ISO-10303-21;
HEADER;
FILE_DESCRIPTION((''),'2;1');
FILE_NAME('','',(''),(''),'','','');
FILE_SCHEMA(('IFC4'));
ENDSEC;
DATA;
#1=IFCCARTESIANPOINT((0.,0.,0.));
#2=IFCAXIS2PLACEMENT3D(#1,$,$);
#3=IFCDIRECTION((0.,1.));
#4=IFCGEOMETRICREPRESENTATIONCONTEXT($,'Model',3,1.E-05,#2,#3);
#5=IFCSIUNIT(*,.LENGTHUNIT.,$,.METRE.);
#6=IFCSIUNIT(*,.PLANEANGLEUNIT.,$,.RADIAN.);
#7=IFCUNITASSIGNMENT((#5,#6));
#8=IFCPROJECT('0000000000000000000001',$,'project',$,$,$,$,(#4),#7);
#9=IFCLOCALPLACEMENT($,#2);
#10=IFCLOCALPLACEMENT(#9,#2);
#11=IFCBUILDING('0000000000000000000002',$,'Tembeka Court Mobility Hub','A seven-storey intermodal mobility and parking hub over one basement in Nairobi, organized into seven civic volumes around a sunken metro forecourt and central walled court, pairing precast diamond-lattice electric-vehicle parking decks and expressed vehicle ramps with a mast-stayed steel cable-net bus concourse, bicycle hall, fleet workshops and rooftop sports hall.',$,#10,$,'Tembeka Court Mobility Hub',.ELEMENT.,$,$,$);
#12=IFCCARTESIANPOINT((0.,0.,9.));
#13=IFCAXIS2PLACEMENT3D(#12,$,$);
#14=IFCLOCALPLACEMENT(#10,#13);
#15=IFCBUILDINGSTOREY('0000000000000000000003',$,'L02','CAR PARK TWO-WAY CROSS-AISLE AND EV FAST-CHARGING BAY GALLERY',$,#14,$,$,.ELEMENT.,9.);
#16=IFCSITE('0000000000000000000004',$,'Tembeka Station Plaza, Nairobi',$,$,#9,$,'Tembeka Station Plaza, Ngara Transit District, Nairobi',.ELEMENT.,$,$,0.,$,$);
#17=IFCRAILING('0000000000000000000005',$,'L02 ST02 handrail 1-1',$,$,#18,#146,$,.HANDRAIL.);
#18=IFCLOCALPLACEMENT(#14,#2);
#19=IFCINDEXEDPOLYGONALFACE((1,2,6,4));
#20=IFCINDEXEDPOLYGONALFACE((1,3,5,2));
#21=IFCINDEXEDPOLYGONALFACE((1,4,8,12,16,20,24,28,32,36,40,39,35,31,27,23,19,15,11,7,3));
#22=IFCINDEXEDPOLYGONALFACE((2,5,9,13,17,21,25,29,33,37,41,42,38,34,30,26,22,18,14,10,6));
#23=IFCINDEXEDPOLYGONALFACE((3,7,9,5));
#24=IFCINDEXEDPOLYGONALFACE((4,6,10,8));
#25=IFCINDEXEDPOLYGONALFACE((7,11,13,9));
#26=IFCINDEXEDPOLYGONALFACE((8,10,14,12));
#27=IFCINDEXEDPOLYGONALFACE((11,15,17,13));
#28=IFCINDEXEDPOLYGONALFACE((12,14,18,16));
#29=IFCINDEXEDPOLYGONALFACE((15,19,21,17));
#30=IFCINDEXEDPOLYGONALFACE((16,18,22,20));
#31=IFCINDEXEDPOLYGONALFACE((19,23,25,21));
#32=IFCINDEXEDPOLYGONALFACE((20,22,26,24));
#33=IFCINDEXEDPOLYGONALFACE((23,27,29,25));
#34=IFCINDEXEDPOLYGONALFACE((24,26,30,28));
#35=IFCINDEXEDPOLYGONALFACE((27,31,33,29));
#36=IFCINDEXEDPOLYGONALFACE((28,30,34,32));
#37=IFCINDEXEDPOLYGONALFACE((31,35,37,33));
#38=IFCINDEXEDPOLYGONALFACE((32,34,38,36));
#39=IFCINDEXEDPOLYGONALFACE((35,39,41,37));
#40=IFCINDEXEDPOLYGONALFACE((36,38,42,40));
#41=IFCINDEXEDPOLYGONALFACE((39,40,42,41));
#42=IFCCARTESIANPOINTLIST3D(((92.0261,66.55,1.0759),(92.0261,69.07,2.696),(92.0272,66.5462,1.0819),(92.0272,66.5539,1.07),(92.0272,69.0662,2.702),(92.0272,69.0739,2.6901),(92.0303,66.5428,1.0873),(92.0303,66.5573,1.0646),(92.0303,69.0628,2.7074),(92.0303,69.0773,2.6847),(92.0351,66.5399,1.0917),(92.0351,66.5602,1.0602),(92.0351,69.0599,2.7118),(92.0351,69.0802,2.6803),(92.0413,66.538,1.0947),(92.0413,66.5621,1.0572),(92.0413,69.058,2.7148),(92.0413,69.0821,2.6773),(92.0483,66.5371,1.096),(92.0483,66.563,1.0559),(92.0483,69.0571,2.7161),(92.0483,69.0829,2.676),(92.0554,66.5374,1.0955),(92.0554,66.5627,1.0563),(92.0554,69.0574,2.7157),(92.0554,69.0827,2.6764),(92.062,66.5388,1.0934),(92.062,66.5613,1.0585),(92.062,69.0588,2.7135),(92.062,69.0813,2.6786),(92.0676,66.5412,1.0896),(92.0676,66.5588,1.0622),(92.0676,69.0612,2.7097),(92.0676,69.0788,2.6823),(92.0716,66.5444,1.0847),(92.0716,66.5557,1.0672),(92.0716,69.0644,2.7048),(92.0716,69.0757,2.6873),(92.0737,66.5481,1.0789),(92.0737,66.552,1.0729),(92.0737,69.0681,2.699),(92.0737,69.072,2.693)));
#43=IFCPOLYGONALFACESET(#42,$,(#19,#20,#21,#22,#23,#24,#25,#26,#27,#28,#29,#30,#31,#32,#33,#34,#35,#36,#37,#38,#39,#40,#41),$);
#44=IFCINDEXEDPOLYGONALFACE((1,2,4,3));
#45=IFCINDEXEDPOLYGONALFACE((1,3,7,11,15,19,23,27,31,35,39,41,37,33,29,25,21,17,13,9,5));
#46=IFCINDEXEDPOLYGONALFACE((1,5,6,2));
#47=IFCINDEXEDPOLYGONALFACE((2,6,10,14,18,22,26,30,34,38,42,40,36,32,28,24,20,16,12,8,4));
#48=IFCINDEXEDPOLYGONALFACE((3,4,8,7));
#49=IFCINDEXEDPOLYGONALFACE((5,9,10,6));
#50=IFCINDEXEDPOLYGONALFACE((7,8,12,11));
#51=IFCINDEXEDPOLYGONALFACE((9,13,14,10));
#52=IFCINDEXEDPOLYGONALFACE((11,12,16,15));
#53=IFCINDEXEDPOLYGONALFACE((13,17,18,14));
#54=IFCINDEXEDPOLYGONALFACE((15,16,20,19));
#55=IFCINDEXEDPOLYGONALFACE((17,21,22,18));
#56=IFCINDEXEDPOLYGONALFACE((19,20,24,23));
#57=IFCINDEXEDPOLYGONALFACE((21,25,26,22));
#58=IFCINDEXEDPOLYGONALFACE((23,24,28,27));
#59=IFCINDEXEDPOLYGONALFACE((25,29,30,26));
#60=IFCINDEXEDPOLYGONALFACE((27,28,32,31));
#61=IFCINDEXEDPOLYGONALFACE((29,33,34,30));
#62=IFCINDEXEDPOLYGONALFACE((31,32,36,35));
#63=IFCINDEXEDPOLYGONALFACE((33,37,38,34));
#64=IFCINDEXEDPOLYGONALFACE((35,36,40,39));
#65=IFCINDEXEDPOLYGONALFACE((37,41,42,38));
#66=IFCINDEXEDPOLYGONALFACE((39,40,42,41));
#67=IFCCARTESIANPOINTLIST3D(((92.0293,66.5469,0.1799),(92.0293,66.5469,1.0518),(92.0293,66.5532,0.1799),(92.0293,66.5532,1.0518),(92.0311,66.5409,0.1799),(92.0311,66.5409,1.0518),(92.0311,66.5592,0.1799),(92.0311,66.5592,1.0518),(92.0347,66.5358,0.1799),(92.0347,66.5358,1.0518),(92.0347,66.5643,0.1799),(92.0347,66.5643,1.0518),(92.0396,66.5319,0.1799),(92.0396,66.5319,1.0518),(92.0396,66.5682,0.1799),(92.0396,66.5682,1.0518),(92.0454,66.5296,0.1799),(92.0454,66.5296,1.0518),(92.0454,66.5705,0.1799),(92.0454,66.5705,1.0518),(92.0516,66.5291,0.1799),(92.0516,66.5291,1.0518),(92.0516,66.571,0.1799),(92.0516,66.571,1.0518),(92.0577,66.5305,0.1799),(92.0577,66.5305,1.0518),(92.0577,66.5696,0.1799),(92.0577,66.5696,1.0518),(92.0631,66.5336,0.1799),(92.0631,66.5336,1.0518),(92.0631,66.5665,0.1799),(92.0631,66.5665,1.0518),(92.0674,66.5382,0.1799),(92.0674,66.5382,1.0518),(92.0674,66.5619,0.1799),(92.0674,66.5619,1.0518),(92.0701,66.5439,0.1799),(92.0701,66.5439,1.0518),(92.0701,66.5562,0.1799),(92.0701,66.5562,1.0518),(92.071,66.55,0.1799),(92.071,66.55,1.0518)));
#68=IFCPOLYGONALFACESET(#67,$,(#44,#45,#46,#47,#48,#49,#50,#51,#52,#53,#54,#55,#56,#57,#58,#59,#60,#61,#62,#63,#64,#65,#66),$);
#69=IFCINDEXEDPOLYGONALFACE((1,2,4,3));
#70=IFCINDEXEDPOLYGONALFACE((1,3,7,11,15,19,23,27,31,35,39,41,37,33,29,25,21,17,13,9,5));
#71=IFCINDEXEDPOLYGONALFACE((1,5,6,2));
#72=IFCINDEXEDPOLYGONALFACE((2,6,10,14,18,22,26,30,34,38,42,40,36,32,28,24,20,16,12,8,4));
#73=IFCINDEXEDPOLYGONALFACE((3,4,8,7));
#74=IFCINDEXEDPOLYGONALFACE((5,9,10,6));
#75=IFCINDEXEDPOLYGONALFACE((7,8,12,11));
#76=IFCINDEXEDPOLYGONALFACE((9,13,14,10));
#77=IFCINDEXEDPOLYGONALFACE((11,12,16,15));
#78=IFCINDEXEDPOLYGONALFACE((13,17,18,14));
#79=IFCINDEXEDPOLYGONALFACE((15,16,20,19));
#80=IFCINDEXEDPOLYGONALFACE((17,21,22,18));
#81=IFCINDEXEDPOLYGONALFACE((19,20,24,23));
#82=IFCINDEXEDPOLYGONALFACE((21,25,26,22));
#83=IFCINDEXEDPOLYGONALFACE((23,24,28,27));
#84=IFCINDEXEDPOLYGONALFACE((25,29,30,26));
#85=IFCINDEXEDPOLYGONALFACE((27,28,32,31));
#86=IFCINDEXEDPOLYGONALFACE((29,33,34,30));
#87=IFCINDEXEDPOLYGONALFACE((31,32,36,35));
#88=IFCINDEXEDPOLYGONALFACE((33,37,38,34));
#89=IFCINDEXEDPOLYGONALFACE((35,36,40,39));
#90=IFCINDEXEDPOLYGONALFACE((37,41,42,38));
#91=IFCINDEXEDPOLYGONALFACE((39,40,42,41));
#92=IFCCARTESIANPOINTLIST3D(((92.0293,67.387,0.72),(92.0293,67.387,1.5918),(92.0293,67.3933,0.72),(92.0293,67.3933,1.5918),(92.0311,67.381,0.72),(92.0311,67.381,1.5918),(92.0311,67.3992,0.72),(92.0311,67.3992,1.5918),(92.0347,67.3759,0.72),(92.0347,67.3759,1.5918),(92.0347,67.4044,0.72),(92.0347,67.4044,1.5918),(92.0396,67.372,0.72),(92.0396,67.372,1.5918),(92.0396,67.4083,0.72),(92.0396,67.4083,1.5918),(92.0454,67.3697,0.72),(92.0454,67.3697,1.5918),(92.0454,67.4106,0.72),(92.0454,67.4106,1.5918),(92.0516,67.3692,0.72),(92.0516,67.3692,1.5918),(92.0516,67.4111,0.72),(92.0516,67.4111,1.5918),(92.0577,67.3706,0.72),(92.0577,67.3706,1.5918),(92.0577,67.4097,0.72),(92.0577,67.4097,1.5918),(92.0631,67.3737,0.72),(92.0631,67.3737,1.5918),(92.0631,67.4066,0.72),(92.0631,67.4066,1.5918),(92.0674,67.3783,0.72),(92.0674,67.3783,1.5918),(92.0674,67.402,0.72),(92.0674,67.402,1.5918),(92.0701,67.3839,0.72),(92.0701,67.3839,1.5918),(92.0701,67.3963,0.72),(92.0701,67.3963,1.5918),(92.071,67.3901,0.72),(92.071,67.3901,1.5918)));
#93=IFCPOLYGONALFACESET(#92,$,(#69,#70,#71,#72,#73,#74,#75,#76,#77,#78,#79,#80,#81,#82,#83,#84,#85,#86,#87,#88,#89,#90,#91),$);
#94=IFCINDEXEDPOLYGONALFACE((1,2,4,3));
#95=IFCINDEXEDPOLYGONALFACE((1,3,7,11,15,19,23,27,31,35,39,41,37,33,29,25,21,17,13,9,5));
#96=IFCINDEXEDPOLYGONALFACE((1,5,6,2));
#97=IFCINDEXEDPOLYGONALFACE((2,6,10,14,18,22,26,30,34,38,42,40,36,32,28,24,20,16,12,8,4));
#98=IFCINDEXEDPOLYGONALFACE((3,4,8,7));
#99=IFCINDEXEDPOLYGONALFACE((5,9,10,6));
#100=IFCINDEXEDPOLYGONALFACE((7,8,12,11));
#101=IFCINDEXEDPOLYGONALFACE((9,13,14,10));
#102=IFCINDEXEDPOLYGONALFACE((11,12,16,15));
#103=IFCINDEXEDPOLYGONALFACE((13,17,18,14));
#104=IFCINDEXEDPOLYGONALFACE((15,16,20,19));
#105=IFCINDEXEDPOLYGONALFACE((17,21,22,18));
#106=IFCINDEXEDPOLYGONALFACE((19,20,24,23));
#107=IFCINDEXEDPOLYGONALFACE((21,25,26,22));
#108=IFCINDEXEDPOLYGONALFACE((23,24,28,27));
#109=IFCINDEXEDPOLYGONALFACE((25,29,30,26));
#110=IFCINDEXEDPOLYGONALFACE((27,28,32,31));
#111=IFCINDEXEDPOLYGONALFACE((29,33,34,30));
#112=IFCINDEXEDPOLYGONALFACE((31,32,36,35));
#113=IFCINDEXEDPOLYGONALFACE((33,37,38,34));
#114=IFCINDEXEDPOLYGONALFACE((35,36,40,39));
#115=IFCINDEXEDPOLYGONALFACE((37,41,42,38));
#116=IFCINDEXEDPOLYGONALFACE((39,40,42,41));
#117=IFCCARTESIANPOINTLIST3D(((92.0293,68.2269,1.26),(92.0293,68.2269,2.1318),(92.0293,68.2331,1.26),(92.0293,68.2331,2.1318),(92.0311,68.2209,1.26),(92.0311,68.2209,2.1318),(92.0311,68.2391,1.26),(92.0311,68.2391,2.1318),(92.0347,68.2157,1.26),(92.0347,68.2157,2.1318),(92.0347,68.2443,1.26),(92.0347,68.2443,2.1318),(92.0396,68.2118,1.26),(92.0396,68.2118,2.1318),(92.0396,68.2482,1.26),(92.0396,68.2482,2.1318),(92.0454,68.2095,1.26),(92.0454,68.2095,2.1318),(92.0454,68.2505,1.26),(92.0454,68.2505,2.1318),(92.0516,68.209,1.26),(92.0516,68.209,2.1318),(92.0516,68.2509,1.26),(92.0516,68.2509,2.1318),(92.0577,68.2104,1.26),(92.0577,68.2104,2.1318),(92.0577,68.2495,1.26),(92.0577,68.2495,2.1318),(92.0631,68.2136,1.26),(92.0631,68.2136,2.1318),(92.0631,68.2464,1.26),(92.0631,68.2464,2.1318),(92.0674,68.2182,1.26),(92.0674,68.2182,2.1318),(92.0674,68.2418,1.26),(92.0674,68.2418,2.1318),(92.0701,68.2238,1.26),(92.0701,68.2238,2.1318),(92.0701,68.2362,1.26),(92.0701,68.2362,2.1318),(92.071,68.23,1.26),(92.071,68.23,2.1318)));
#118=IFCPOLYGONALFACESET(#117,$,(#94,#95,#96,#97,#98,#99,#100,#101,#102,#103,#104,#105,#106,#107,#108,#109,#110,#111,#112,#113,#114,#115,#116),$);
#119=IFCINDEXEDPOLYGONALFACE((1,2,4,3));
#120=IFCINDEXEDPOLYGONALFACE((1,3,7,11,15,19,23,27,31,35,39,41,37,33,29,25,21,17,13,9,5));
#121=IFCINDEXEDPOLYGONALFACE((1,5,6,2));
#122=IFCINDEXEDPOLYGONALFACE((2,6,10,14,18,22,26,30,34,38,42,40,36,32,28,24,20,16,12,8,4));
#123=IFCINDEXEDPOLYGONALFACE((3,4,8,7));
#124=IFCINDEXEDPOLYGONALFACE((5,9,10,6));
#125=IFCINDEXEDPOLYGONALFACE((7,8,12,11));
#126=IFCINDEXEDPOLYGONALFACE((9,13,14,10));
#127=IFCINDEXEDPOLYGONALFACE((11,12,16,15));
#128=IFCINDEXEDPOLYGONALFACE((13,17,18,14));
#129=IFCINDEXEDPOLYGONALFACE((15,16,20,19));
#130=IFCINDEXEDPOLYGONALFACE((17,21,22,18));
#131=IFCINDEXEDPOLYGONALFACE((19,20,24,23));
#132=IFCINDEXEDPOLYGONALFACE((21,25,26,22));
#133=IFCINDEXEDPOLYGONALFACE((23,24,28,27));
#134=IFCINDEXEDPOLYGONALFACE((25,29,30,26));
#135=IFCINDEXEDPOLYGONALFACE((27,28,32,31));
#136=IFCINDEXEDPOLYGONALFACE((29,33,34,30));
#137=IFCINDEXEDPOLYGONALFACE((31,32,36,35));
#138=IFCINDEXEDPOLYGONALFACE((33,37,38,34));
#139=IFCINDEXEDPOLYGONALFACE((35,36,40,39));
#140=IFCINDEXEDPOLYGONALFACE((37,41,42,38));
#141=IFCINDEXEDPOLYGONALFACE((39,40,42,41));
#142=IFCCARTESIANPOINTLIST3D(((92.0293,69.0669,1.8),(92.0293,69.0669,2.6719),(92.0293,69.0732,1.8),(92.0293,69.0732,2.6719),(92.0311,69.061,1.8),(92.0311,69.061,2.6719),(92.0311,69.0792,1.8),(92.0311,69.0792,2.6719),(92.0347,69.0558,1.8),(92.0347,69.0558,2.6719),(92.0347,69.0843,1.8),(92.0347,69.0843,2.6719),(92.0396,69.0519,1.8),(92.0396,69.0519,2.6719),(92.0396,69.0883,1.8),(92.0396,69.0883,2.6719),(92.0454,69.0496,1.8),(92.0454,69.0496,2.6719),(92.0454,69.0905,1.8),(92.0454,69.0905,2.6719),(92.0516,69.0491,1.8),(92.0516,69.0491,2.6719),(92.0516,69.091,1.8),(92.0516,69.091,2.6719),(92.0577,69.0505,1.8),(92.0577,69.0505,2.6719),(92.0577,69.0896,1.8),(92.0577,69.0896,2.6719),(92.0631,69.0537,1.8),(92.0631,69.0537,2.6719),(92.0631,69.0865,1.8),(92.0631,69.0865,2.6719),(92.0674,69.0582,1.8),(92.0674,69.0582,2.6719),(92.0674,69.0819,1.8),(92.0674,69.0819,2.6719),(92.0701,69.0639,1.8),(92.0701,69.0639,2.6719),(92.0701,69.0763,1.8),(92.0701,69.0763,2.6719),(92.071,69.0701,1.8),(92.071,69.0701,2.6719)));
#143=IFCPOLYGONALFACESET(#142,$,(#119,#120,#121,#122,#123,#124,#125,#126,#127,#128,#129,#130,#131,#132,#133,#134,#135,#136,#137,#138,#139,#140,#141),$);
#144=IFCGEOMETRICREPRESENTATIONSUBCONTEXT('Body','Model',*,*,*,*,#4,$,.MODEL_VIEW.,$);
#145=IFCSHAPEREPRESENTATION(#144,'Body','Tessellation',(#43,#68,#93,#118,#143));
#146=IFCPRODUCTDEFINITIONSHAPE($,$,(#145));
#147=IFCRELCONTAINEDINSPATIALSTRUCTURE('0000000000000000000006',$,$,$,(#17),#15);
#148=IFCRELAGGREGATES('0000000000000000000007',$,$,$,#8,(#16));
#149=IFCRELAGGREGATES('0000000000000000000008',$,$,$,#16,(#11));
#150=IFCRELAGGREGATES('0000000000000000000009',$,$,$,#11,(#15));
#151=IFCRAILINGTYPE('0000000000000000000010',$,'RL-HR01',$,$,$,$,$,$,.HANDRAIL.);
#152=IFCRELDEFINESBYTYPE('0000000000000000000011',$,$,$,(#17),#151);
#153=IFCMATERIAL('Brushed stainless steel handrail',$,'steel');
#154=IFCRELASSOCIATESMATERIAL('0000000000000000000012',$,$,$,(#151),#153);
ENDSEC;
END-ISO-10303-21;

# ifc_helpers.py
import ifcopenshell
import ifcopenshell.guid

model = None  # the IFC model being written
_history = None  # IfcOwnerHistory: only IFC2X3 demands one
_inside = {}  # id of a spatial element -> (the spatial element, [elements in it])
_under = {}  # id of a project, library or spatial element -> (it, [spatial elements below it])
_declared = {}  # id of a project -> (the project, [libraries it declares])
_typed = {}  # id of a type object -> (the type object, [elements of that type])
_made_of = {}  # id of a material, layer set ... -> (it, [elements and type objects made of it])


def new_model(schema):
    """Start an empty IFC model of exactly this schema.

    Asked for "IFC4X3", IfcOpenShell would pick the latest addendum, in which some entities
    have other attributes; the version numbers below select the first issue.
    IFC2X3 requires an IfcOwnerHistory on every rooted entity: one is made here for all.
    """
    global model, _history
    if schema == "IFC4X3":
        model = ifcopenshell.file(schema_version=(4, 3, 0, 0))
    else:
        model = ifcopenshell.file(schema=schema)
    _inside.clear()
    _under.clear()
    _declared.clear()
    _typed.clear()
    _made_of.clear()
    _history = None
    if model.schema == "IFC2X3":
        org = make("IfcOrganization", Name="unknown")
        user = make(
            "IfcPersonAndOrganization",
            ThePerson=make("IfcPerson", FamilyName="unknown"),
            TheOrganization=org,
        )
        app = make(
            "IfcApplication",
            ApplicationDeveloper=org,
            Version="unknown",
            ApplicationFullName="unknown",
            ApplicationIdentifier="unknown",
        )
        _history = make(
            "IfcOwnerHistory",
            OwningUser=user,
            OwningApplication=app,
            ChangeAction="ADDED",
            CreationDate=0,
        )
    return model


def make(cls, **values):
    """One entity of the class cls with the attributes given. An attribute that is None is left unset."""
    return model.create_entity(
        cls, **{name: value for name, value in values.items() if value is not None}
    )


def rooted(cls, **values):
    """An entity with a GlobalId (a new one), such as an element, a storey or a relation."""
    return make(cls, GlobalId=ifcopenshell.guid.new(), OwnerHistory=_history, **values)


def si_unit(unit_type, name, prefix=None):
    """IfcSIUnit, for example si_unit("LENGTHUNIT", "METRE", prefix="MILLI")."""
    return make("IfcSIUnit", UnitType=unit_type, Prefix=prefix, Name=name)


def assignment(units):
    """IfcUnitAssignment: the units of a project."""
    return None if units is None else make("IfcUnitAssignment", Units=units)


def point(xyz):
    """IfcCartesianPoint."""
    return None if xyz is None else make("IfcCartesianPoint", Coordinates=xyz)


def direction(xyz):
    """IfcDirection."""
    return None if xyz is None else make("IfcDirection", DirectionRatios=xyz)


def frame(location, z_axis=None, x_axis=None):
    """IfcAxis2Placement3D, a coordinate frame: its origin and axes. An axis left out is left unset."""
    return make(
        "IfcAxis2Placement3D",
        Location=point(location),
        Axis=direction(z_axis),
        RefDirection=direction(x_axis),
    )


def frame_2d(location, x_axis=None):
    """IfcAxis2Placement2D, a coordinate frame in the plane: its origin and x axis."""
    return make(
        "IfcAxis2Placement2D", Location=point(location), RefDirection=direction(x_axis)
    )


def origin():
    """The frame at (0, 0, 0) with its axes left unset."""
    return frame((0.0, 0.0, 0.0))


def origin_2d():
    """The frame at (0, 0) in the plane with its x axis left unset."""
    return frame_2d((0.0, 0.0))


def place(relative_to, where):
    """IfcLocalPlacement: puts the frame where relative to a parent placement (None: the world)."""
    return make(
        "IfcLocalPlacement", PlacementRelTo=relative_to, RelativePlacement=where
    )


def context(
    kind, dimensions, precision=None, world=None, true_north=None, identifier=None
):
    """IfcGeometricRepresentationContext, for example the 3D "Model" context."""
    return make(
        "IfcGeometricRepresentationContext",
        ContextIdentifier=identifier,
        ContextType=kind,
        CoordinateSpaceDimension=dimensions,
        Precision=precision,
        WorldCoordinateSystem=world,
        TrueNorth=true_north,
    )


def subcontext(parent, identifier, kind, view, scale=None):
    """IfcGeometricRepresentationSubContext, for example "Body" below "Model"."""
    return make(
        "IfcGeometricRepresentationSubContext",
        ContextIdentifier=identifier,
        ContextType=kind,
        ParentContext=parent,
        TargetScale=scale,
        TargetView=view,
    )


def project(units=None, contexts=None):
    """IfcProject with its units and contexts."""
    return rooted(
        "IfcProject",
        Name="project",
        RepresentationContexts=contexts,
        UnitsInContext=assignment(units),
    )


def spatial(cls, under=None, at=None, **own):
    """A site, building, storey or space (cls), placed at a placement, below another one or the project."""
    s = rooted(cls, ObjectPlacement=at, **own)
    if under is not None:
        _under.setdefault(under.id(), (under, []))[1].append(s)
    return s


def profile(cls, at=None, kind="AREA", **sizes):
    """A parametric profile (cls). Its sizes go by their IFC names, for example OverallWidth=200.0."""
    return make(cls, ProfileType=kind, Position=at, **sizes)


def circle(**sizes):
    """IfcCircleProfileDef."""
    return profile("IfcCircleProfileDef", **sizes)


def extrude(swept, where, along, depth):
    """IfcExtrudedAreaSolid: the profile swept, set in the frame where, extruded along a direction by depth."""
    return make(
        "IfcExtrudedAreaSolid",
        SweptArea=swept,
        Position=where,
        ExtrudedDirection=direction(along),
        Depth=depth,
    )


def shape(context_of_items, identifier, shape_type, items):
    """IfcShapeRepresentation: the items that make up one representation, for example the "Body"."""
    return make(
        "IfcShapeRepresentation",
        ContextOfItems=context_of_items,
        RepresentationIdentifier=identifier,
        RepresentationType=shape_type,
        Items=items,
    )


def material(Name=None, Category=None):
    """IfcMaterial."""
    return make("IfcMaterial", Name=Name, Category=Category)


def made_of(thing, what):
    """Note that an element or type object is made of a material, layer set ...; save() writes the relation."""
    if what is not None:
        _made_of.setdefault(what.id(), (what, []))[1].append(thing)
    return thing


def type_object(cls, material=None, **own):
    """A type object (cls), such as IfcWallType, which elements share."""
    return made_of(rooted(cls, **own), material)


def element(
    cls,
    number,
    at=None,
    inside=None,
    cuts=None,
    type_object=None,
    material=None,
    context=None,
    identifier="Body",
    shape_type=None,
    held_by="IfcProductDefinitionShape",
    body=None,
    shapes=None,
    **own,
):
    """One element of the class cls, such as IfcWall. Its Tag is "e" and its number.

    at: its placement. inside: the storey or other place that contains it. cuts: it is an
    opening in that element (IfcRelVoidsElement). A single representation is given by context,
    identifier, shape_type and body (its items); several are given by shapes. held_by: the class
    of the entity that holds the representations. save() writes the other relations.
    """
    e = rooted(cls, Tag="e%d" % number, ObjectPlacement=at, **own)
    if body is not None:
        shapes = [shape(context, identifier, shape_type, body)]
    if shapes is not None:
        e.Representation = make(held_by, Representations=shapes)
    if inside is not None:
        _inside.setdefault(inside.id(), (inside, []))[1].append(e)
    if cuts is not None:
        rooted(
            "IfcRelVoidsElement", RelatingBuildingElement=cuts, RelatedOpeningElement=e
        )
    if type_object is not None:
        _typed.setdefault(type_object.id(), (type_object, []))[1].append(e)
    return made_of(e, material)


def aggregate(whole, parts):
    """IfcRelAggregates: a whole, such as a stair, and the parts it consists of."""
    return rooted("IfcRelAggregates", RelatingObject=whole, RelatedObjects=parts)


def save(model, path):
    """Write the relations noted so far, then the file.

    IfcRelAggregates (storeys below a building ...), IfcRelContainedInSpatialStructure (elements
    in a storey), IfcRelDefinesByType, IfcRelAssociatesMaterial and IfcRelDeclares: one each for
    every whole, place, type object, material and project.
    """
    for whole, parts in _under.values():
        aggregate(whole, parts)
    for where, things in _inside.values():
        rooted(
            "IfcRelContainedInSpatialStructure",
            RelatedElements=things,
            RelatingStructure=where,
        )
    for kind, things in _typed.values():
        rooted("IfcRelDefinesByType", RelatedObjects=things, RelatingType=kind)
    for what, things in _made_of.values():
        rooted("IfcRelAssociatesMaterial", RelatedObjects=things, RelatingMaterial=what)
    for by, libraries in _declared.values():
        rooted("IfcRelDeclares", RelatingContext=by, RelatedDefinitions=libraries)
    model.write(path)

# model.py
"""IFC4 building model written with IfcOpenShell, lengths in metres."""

from ifc_helpers import new_model, si_unit, direction, frame, origin, origin_2d, place, context, subcontext, project, spatial, circle, extrude, material, type_object, element, save


model = new_model("IFC4")

# Units and contexts
model_context = context("Model", 3, precision=1e-05, world=origin(), true_north=direction((0.0, 1.0)))
body_context = subcontext(model_context, "Body", "Model", "MODEL_VIEW")
ifc_project = project(units=[si_unit("LENGTHUNIT", "METRE"), si_unit("PLANEANGLEUNIT", "RADIAN")], contexts=[model_context])

# Site, building, storey
site_placement = place(None, origin())
site = spatial("IfcSite", under=ifc_project, at=site_placement, Name="Tembeka Station Plaza, Nairobi", LongName="Tembeka Station Plaza, Ngara Transit District, Nairobi", CompositionType="ELEMENT", RefElevation=0.0)
building_placement = place(site_placement, origin())
building = spatial("IfcBuilding", under=site, at=building_placement, Name="Tembeka Court Mobility Hub", Description="A seven-storey intermodal mobility and parking hub over one basement in Nairobi, organized into seven civic volumes around a sunken metro forecourt and central walled court, pairing precast diamond-lattice electric-vehicle parking decks and expressed vehicle ramps with a mast-stayed steel cable-net bus concourse, bicycle hall, fleet workshops and rooftop sports hall.", LongName="Tembeka Court Mobility Hub", CompositionType="ELEMENT")
storey_placement = place(building_placement, frame((0.0, 0.0, 9.0)))
storey = spatial("IfcBuildingStorey", under=building, at=storey_placement, Name="L02", Description="CAR PARK TWO-WAY CROSS-AISLE AND EV FAST-CHARGING BAY GALLERY", CompositionType="ELEMENT", Elevation=9.0)

# Railing
ifc_material_1 = material(Name="Brushed stainless steel handrail", Category="steel")
railing_type_1 = type_object("IfcRailingType", Name="RL-HR01", PredefinedType="HANDRAIL", material=ifc_material_1)
railing_1_placement = place(storey_placement, frame((92.05, 66.55, 0.1799)))
element("IfcRailing", 1, at=railing_1_placement, inside=storey, type_object=railing_type_1, Name="L02 ST02 handrail 1-1", PredefinedType="HANDRAIL", context=body_context, shape_type="SweptSolid", body=[
    extrude(circle(Radius=0.0239, at=origin_2d()), frame((0.0, 0.0, 0.896), z_axis=(0.0, 0.841163, 0.540782), x_axis=(-1.0, 0.0, 0.0)), (0.0, 0.0, 1.0), 2.9958),
    extrude(circle(Radius=0.021, at=origin_2d()), origin(), (0.0, 0.0, 1.0), 0.8718),
    extrude(circle(Radius=0.021, at=origin_2d()), frame((0.0, 0.8401, 0.54)), (0.0, 0.0, 1.0), 0.8718),
    extrude(circle(Radius=0.021, at=origin_2d()), frame((0.0, 1.6799, 1.0801)), (0.0, 0.0, 1.0), 0.8718),
    extrude(circle(Radius=0.021, at=origin_2d()), frame((0.0, 2.52, 1.6201)), (0.0, 0.0, 1.0), 0.8718),
])

save(model, "model.ifc")
